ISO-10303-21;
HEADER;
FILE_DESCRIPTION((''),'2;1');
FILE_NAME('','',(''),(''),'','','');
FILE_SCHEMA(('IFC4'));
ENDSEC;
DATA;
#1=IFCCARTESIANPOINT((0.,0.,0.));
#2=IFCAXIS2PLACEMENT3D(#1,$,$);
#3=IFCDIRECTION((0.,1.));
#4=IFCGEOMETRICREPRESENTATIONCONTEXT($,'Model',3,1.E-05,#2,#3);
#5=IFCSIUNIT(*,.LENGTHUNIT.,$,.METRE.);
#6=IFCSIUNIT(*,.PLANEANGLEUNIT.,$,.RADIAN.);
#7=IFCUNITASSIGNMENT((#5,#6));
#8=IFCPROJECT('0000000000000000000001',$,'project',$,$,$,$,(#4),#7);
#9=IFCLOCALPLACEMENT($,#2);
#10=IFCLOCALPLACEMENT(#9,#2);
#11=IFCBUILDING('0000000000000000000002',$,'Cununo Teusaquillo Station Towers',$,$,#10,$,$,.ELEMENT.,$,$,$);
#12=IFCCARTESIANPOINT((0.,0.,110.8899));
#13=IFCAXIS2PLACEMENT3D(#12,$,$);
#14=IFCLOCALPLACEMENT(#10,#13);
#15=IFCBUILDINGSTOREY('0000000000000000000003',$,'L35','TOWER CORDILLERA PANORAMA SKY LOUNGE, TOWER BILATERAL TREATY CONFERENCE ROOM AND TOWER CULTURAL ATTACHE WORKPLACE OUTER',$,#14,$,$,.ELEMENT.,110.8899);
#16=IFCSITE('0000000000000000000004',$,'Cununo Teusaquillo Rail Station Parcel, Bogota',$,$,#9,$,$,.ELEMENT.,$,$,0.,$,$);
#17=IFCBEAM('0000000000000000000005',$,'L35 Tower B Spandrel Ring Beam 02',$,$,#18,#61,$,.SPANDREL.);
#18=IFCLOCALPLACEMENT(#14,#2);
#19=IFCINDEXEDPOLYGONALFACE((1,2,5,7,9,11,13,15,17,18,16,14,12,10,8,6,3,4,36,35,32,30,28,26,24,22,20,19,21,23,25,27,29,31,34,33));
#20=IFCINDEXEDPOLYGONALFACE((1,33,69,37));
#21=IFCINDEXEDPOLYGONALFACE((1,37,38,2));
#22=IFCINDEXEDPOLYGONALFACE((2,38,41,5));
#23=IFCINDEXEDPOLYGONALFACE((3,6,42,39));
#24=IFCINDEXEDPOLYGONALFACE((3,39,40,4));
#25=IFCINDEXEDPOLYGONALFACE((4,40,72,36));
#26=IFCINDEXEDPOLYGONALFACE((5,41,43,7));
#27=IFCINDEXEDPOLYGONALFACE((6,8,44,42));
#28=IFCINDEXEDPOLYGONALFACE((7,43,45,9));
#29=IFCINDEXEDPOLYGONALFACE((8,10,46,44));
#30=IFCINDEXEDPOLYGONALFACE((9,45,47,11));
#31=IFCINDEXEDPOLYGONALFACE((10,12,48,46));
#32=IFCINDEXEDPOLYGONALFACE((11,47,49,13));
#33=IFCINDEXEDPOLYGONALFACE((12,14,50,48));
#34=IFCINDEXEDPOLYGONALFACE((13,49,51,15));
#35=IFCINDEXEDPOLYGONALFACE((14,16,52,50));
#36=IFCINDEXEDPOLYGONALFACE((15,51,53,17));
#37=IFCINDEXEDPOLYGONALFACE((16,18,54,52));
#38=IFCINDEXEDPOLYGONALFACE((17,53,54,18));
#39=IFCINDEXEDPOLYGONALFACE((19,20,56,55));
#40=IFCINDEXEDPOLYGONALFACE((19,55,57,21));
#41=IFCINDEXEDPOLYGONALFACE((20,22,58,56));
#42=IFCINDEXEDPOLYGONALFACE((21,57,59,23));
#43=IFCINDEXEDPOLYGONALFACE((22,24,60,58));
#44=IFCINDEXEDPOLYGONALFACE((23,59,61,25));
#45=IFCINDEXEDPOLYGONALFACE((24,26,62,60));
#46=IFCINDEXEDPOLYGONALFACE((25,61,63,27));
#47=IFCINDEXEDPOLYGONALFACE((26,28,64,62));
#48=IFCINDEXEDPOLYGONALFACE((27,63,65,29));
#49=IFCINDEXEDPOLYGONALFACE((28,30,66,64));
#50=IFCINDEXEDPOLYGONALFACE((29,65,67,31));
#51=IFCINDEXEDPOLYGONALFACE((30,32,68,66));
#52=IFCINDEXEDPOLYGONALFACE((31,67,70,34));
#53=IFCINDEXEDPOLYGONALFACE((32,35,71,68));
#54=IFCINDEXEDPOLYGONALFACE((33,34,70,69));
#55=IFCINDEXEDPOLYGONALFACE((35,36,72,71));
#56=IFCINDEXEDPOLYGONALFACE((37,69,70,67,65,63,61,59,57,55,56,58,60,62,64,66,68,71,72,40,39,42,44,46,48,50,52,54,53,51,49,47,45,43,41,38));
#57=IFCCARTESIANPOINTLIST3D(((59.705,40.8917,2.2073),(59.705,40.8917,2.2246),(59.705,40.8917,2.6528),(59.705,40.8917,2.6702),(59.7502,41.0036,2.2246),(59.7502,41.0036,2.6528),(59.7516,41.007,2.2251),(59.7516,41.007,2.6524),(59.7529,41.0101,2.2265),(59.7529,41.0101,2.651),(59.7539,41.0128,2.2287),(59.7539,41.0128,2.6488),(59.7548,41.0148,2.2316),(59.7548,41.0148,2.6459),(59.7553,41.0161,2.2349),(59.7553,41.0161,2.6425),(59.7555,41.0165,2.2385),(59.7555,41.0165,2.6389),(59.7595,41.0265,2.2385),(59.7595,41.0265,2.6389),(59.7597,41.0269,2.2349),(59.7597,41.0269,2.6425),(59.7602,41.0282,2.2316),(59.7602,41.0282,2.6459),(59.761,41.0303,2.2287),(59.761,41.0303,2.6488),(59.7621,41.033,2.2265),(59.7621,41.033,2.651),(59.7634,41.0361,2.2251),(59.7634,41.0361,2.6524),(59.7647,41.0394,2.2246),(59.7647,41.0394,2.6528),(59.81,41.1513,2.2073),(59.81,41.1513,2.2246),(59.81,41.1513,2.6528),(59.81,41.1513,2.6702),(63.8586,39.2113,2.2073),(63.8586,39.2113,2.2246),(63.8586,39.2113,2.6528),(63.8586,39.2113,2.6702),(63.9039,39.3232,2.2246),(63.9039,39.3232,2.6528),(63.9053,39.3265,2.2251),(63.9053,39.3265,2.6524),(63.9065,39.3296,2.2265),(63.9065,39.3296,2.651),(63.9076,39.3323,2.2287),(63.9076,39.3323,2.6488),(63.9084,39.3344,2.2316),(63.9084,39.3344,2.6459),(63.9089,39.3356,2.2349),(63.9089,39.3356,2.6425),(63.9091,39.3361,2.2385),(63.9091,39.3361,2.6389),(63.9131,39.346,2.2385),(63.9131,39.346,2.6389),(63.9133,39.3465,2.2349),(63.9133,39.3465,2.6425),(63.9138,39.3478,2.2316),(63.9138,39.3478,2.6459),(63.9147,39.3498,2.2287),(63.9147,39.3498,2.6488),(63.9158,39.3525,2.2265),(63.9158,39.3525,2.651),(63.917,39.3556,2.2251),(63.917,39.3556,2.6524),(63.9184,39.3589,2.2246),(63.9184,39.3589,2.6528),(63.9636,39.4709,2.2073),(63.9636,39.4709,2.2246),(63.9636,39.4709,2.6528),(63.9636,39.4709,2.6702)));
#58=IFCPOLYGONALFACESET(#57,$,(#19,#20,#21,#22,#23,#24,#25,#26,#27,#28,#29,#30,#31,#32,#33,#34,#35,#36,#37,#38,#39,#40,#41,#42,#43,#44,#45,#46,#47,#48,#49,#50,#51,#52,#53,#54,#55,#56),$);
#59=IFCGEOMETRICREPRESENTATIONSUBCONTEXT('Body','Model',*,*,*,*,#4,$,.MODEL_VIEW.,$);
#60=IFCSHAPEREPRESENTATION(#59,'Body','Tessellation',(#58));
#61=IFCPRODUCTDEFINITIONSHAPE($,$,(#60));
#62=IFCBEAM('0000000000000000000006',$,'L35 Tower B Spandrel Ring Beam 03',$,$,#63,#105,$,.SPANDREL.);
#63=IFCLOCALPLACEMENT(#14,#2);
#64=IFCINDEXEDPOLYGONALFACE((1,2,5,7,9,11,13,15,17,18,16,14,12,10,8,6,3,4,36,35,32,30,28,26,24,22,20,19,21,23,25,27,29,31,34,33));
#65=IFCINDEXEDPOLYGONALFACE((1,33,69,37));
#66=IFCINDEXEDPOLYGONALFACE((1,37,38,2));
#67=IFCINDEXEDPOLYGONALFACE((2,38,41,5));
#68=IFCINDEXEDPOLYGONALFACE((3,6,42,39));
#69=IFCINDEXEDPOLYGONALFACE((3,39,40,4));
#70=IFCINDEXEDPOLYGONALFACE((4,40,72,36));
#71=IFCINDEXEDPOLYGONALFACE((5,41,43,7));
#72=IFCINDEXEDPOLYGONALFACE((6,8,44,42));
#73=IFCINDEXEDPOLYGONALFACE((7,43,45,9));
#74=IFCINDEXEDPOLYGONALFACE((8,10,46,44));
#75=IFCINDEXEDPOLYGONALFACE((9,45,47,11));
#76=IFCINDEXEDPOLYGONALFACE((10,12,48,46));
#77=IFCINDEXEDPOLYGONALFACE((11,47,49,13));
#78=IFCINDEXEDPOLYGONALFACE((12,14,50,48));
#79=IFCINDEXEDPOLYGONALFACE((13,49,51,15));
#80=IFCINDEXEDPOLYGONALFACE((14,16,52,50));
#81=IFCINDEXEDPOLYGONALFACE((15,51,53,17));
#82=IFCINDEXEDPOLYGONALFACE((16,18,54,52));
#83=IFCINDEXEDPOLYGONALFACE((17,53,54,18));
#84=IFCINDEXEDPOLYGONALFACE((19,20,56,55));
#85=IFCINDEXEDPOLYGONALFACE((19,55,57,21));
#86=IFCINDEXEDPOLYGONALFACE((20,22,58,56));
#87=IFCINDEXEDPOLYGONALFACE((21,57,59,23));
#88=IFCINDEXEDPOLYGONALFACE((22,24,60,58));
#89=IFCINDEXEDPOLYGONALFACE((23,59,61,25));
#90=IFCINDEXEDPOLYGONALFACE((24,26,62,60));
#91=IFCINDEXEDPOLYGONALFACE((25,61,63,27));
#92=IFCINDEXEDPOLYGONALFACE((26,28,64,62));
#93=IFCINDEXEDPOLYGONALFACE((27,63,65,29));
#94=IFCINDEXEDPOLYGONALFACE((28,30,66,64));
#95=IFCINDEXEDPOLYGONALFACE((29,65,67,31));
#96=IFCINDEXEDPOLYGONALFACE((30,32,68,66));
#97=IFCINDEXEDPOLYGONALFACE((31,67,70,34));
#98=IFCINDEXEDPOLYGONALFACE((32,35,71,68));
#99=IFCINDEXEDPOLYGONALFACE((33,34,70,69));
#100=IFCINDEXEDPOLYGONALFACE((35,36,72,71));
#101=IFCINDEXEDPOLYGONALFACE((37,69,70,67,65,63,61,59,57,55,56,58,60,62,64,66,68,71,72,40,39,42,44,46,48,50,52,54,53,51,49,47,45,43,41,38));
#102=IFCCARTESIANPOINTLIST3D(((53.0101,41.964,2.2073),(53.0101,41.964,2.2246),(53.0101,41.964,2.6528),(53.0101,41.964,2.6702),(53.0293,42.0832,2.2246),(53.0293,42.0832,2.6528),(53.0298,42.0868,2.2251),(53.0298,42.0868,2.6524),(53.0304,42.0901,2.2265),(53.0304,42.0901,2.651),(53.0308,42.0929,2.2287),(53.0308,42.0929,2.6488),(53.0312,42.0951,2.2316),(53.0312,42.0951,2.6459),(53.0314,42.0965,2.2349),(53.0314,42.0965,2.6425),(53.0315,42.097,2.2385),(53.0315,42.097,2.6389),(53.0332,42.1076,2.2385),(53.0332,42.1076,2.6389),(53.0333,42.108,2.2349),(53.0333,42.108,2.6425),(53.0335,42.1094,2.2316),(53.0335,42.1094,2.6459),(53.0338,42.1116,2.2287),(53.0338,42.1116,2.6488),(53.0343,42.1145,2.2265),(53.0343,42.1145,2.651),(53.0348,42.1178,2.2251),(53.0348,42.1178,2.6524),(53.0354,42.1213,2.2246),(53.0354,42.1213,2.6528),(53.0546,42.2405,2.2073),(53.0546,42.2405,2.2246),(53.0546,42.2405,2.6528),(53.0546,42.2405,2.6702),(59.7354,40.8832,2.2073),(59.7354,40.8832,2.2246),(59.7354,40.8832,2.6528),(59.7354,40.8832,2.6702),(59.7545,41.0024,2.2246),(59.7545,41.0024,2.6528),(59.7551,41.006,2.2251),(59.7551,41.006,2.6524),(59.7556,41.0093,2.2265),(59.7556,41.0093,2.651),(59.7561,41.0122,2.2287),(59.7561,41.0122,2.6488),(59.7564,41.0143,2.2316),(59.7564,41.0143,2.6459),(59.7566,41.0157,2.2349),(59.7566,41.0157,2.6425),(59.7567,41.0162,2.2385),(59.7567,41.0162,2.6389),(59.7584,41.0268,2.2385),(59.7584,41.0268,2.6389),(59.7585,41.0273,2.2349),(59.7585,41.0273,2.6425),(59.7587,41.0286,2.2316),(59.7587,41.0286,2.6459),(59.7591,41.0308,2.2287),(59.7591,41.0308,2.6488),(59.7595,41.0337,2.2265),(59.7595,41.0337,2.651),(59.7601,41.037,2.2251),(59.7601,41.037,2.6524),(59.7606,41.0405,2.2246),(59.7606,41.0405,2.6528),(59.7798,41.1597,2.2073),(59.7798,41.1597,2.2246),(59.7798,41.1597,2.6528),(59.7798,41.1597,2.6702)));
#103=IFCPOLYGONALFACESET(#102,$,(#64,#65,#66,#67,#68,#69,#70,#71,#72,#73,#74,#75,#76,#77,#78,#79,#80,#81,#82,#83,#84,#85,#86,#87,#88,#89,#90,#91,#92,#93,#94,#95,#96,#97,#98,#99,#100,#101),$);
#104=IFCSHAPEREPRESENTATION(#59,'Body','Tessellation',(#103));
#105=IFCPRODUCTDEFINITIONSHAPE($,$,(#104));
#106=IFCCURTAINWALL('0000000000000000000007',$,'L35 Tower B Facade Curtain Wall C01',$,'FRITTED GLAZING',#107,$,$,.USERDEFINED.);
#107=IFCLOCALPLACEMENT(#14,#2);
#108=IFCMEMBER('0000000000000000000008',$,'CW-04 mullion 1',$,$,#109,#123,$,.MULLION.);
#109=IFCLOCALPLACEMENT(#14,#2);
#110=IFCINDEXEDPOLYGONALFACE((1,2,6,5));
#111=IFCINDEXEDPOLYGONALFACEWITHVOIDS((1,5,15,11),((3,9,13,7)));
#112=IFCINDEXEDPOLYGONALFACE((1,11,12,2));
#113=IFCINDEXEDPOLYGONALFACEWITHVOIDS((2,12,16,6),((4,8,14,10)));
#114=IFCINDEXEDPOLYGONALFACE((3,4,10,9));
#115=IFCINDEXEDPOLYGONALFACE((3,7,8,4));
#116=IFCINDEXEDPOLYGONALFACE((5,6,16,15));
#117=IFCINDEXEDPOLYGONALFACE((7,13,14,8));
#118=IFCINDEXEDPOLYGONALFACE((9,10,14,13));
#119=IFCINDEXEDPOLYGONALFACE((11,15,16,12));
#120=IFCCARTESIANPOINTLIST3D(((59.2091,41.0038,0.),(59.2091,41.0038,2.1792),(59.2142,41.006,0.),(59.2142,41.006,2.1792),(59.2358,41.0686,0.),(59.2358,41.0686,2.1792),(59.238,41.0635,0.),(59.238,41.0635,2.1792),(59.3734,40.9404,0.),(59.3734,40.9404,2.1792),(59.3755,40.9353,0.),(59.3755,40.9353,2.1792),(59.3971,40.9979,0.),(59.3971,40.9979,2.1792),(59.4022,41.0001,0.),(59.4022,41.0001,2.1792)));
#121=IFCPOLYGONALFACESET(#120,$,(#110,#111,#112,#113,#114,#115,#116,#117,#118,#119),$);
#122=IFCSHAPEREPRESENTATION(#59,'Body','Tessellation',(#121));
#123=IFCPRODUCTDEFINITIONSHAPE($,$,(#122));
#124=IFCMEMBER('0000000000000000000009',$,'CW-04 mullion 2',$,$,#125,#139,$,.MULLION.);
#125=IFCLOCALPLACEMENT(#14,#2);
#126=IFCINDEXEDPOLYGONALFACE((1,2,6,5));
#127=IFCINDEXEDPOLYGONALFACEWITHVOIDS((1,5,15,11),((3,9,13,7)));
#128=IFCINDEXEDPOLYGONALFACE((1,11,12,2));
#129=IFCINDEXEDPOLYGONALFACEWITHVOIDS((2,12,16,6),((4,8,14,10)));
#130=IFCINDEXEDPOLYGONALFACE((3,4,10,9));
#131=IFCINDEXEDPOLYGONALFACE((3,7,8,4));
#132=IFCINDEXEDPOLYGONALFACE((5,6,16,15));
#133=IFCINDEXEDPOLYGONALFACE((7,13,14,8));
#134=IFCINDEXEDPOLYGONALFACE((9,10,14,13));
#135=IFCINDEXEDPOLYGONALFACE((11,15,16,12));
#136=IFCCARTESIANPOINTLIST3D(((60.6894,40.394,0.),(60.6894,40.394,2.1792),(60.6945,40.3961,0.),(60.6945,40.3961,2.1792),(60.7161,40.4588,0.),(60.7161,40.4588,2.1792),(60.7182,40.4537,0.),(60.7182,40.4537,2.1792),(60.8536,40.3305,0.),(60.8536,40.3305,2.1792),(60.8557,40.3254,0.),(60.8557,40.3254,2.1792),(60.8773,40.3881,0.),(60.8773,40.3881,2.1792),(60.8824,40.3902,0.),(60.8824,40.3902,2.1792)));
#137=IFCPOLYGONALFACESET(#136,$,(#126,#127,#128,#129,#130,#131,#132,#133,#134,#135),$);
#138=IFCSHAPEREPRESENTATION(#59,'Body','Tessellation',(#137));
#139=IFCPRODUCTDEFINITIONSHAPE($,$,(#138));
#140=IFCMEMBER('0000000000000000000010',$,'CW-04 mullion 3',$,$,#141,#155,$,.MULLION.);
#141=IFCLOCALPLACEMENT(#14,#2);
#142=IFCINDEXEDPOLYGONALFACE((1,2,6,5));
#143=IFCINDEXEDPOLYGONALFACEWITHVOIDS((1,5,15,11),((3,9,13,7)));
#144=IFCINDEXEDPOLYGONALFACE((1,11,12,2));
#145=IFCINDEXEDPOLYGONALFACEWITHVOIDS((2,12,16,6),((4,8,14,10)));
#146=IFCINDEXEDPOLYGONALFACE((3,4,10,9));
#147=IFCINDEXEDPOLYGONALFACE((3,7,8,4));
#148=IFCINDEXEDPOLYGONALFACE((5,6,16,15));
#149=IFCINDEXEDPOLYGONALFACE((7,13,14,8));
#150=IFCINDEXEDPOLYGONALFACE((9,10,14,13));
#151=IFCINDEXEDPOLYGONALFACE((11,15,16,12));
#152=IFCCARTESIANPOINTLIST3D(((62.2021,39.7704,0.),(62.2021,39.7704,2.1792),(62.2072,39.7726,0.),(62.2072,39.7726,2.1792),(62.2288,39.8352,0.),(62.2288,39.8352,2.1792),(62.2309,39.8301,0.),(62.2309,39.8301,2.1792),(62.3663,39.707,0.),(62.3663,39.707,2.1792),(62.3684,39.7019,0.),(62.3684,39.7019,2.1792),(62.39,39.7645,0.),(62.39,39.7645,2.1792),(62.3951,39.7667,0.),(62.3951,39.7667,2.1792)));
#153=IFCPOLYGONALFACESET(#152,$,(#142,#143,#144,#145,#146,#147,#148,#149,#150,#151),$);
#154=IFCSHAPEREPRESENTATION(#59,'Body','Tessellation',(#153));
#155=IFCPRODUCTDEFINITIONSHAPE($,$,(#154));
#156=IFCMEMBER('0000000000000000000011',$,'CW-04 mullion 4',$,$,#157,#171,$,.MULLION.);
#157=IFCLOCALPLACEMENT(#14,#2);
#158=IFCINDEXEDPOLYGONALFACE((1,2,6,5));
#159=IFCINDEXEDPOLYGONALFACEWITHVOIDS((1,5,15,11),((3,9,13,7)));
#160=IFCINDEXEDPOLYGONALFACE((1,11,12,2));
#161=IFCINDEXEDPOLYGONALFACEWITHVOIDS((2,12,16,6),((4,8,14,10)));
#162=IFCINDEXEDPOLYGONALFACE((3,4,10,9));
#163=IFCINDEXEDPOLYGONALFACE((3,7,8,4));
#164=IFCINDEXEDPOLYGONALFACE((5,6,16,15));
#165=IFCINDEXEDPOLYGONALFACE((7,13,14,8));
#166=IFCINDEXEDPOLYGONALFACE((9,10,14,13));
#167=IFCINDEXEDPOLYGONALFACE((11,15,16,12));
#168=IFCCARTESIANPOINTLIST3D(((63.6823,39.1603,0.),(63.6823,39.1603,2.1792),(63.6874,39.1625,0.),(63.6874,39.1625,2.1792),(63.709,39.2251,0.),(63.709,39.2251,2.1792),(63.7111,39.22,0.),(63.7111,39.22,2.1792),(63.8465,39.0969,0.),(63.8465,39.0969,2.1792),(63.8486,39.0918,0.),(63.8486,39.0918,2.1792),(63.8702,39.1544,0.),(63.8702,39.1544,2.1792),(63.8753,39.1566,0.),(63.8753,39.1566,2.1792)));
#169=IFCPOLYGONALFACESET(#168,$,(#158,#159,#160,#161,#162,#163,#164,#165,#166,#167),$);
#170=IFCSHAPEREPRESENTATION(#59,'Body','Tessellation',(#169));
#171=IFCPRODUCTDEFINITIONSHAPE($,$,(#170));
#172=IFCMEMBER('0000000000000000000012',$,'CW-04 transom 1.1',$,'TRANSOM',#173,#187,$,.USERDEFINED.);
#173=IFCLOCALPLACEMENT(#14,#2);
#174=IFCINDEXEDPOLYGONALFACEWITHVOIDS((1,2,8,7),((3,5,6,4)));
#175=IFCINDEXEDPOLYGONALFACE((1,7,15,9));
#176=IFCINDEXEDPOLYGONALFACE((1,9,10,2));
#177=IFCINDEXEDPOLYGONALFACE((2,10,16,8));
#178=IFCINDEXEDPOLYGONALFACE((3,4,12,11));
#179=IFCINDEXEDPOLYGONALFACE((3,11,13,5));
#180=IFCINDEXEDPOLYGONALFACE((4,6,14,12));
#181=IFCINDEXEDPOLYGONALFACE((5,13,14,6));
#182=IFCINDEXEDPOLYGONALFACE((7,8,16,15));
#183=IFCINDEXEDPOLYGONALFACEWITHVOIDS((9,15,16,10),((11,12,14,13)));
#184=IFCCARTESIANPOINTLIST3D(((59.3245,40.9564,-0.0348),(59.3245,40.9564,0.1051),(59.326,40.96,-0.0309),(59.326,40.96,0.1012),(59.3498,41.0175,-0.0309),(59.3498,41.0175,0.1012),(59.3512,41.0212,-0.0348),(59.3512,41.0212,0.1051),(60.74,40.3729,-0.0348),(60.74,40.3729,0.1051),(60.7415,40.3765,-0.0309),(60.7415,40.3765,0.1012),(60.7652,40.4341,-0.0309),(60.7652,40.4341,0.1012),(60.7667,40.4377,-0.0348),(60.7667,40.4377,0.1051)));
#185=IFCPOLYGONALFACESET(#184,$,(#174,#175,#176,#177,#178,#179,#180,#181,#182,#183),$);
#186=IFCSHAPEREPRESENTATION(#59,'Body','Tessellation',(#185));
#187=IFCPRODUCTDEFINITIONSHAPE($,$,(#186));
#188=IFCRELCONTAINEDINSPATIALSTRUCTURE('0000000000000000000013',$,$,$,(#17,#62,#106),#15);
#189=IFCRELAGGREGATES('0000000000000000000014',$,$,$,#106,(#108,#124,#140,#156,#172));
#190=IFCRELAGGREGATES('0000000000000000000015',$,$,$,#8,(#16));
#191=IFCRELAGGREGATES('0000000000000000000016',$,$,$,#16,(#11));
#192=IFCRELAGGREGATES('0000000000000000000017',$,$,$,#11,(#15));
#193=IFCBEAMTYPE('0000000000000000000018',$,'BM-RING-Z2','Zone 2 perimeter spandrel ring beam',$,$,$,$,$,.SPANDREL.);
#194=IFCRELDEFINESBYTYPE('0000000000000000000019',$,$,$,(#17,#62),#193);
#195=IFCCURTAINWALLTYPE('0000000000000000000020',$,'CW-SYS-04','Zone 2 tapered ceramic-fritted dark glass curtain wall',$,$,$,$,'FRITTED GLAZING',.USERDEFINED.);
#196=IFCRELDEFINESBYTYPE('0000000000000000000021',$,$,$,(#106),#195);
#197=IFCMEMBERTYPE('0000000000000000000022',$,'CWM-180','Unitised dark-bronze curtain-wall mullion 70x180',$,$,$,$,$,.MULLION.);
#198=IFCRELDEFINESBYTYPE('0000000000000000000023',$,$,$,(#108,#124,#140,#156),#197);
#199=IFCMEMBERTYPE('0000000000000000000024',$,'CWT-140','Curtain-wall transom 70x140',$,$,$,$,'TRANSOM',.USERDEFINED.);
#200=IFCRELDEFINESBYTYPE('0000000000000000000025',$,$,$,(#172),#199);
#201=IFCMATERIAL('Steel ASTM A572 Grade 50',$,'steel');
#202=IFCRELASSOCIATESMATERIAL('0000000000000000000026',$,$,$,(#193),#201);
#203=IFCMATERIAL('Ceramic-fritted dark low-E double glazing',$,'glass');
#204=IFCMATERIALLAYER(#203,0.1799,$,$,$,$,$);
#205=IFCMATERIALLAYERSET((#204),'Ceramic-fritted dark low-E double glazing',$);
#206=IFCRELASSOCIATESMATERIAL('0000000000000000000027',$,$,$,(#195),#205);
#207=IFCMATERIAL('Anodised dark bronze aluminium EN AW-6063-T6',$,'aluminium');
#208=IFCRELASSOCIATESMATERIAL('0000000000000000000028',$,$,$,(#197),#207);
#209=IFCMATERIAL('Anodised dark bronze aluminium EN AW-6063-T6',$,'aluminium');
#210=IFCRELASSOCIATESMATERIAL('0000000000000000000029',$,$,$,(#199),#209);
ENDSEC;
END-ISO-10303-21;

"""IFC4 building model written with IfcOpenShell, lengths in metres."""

from ifc_helpers import new_model, si_unit, direction, frame, origin, origin_2d, place, context, subcontext, project, spatial, hollow_rectangle, i_section, extrude, material, layer, layer_set, material_profile, profile_set, type_object, element, aggregate, save


model = new_model("IFC4")

# Units and contexts
model_context = context("Model", 3, precision=1e-05, world=origin(), true_north=direction((0.0, 1.0)))
body_context = subcontext(model_context, "Body", "Model", "MODEL_VIEW")
ifc_project = project(units=[si_unit("LENGTHUNIT", "METRE"), si_unit("PLANEANGLEUNIT", "RADIAN")], contexts=[model_context])

# Site, building, storey
site_placement = place(None, origin())
site = spatial("IfcSite", under=ifc_project, at=site_placement, Name="Cununo Teusaquillo Rail Station Parcel, Bogota", CompositionType="ELEMENT", RefElevation=0.0)
building_placement = place(site_placement, origin())
building = spatial("IfcBuilding", under=site, at=building_placement, Name="Cununo Teusaquillo Station Towers", CompositionType="ELEMENT")
storey_placement = place(building_placement, frame((0.0, 0.0, 110.8899)))
storey = spatial("IfcBuildingStorey", under=building, at=storey_placement, Name="L35", Description="TOWER CORDILLERA PANORAMA SKY LOUNGE, TOWER BILATERAL TREATY CONFERENCE ROOM AND TOWER CULTURAL ATTACHE WORKPLACE OUTER", CompositionType="ELEMENT", Elevation=110.8899)

# Beams
ifc_material_1 = material(Name="Steel ASTM A572 Grade 50", Category="steel")
ifc_material_profile_1 = material_profile(ifc_material_1, i_section(OverallWidth=0.28, OverallDepth=0.4629, WebThickness=0.0107, FlangeThickness=0.0173, FilletRadius=0.0139, at=origin_2d()), Name="W18X76")
ifc_profile_set_1 = profile_set([ifc_material_profile_1], Name="Steel ASTM A572 Grade 50")
beam_type_1 = type_object("IfcBeamType", Name="BM-RING-Z2", Description="Zone 2 perimeter spandrel ring beam", PredefinedType="SPANDREL", material=ifc_profile_set_1)
beam_1_placement = place(storey_placement, frame((63.9111, 39.3411, 2.4387), z_axis=(-0.927008, 0.375042, 0.0), x_axis=(-0.375042, -0.927008, 0.0)))
element("IfcBeam", 1, at=beam_1_placement, inside=storey, type_object=beam_type_1, Name="L35 Tower B Spandrel Ring Beam 02", PredefinedType="SPANDREL", context=body_context, shape_type="SweptSolid", body=[
    extrude(i_section(OverallWidth=0.28, OverallDepth=0.4629, WebThickness=0.0107, FlangeThickness=0.0173, FilletRadius=0.0139, at=origin_2d()), origin(), (0.0, 0.0, 1.0), 4.4807),
])
beam_2_placement = place(storey_placement, frame((59.7576, 41.0215, 2.4387), z_axis=(-0.987331, 0.158671, 0.0), x_axis=(-0.158671, -0.987331, 0.0)))
element("IfcBeam", 2, at=beam_2_placement, inside=storey, type_object=beam_type_1, Name="L35 Tower B Spandrel Ring Beam 03", PredefinedType="SPANDREL", context=body_context, shape_type="SweptSolid", body=[
    extrude(i_section(OverallWidth=0.28, OverallDepth=0.4629, WebThickness=0.0107, FlangeThickness=0.0173, FilletRadius=0.0139, at=origin_2d()), origin(), (0.0, 0.0, 1.0), 6.8115),
])

# Curtain wall, members
ifc_material_2 = material(Name="Ceramic-fritted dark low-E double glazing", Category="glass")
ifc_layer_1 = layer(ifc_material_2, 0.1799)
ifc_layer_set_1 = layer_set([ifc_layer_1], Name="Ceramic-fritted dark low-E double glazing")
curtain_wall_type = type_object("IfcCurtainWallType", Name="CW-SYS-04", Description="Zone 2 tapered ceramic-fritted dark glass curtain wall", ElementType="FRITTED GLAZING", PredefinedType="USERDEFINED", material=ifc_layer_set_1)
curtain_wall_placement = place(storey_placement, origin())
curtain_wall = element("IfcCurtainWall", 3, at=curtain_wall_placement, inside=storey, type_object=curtain_wall_type, Name="L35 Tower B Facade Curtain Wall C01", ObjectType="FRITTED GLAZING", PredefinedType="USERDEFINED")
ifc_material_3 = material(Name="Anodised dark bronze aluminium EN AW-6063-T6", Category="aluminium")
ifc_material_profile_2 = material_profile(ifc_material_3, hollow_rectangle(XDim=0.0701, YDim=0.1799, WallThickness=0.0039, at=origin_2d()), Name="CW-MULL-70x180")
ifc_profile_set_2 = profile_set([ifc_material_profile_2], Name="Anodised dark bronze aluminium EN AW-6063-T6")
member_type_1 = type_object("IfcMemberType", Name="CWM-180", Description="Unitised dark-bronze curtain-wall mullion 70x180", PredefinedType="MULLION", material=ifc_profile_set_2)
member_1_placement = place(storey_placement, frame((59.3057, 41.002, 0.0), z_axis=(0.0, 0.0, 1.0), x_axis=(0.381031, 0.924562, 0.0)))
member_1 = element("IfcMember", 4, at=member_1_placement, type_object=member_type_1, Name="CW-04 mullion 1", PredefinedType="MULLION", context=body_context, shape_type="SweptSolid", body=[
    extrude(hollow_rectangle(XDim=0.0701, YDim=0.1799, WallThickness=0.0039, at=origin_2d()), origin(), (0.0, 0.0, 1.0), 2.1792),
])
member_2_placement = place(storey_placement, frame((60.7859, 40.3921, 0.0), z_axis=(0.0, 0.0, 1.0), x_axis=(0.381031, 0.924562, 0.0)))
member_2 = element("IfcMember", 5, at=member_2_placement, type_object=member_type_1, Name="CW-04 mullion 2", PredefinedType="MULLION", context=body_context, shape_type="SweptSolid", body=[
    extrude(hollow_rectangle(XDim=0.0701, YDim=0.1799, WallThickness=0.0039, at=origin_2d()), origin(), (0.0, 0.0, 1.0), 2.1792),
])
member_3_placement = place(storey_placement, frame((62.2986, 39.7686, 0.0), z_axis=(0.0, 0.0, 1.0), x_axis=(0.381031, 0.924562, 0.0)))
member_3 = element("IfcMember", 6, at=member_3_placement, type_object=member_type_1, Name="CW-04 mullion 3", PredefinedType="MULLION", context=body_context, shape_type="SweptSolid", body=[
    extrude(hollow_rectangle(XDim=0.0701, YDim=0.1799, WallThickness=0.0039, at=origin_2d()), origin(), (0.0, 0.0, 1.0), 2.1792),
])
member_4_placement = place(storey_placement, frame((63.7788, 39.1584, 0.0), z_axis=(0.0, 0.0, 1.0), x_axis=(0.381031, 0.924562, 0.0)))
member_4 = element("IfcMember", 7, at=member_4_placement, type_object=member_type_1, Name="CW-04 mullion 4", PredefinedType="MULLION", context=body_context, shape_type="SweptSolid", body=[
    extrude(hollow_rectangle(XDim=0.0701, YDim=0.1799, WallThickness=0.0039, at=origin_2d()), origin(), (0.0, 0.0, 1.0), 2.1792),
])
ifc_material_4 = material(Name="Anodised dark bronze aluminium EN AW-6063-T6", Category="aluminium")
ifc_material_profile_3 = material_profile(ifc_material_4, hollow_rectangle(XDim=0.0701, YDim=0.1399, WallThickness=0.0039, at=origin_2d()), Name="CW-TRAN-70x140")
ifc_profile_set_3 = profile_set([ifc_material_profile_3], Name="Anodised dark bronze aluminium EN AW-6063-T6")
member_type_2 = type_object("IfcMemberType", Name="CWT-140", Description="Curtain-wall transom 70x140", ElementType="TRANSOM", PredefinedType="USERDEFINED", material=ifc_profile_set_3)
member_5_placement = place(storey_placement, frame((59.3379, 40.9888, 0.0352), z_axis=(0.924533, -0.381103, 0.0), x_axis=(0.381103, 0.924533, 0.0)))
member_5 = element("IfcMember", 8, at=member_5_placement, type_object=member_type_2, Name="CW-04 transom 1.1", ObjectType="TRANSOM", PredefinedType="USERDEFINED", context=body_context, shape_type="SweptSolid", body=[
    extrude(hollow_rectangle(XDim=0.0701, YDim=0.1399, WallThickness=0.0039, at=origin_2d()), origin(), (0.0, 0.0, 1.0), 1.531),
])

aggregate(curtain_wall, [member_1, member_2, member_3, member_4, member_5])

save(model, "model.ifc")
